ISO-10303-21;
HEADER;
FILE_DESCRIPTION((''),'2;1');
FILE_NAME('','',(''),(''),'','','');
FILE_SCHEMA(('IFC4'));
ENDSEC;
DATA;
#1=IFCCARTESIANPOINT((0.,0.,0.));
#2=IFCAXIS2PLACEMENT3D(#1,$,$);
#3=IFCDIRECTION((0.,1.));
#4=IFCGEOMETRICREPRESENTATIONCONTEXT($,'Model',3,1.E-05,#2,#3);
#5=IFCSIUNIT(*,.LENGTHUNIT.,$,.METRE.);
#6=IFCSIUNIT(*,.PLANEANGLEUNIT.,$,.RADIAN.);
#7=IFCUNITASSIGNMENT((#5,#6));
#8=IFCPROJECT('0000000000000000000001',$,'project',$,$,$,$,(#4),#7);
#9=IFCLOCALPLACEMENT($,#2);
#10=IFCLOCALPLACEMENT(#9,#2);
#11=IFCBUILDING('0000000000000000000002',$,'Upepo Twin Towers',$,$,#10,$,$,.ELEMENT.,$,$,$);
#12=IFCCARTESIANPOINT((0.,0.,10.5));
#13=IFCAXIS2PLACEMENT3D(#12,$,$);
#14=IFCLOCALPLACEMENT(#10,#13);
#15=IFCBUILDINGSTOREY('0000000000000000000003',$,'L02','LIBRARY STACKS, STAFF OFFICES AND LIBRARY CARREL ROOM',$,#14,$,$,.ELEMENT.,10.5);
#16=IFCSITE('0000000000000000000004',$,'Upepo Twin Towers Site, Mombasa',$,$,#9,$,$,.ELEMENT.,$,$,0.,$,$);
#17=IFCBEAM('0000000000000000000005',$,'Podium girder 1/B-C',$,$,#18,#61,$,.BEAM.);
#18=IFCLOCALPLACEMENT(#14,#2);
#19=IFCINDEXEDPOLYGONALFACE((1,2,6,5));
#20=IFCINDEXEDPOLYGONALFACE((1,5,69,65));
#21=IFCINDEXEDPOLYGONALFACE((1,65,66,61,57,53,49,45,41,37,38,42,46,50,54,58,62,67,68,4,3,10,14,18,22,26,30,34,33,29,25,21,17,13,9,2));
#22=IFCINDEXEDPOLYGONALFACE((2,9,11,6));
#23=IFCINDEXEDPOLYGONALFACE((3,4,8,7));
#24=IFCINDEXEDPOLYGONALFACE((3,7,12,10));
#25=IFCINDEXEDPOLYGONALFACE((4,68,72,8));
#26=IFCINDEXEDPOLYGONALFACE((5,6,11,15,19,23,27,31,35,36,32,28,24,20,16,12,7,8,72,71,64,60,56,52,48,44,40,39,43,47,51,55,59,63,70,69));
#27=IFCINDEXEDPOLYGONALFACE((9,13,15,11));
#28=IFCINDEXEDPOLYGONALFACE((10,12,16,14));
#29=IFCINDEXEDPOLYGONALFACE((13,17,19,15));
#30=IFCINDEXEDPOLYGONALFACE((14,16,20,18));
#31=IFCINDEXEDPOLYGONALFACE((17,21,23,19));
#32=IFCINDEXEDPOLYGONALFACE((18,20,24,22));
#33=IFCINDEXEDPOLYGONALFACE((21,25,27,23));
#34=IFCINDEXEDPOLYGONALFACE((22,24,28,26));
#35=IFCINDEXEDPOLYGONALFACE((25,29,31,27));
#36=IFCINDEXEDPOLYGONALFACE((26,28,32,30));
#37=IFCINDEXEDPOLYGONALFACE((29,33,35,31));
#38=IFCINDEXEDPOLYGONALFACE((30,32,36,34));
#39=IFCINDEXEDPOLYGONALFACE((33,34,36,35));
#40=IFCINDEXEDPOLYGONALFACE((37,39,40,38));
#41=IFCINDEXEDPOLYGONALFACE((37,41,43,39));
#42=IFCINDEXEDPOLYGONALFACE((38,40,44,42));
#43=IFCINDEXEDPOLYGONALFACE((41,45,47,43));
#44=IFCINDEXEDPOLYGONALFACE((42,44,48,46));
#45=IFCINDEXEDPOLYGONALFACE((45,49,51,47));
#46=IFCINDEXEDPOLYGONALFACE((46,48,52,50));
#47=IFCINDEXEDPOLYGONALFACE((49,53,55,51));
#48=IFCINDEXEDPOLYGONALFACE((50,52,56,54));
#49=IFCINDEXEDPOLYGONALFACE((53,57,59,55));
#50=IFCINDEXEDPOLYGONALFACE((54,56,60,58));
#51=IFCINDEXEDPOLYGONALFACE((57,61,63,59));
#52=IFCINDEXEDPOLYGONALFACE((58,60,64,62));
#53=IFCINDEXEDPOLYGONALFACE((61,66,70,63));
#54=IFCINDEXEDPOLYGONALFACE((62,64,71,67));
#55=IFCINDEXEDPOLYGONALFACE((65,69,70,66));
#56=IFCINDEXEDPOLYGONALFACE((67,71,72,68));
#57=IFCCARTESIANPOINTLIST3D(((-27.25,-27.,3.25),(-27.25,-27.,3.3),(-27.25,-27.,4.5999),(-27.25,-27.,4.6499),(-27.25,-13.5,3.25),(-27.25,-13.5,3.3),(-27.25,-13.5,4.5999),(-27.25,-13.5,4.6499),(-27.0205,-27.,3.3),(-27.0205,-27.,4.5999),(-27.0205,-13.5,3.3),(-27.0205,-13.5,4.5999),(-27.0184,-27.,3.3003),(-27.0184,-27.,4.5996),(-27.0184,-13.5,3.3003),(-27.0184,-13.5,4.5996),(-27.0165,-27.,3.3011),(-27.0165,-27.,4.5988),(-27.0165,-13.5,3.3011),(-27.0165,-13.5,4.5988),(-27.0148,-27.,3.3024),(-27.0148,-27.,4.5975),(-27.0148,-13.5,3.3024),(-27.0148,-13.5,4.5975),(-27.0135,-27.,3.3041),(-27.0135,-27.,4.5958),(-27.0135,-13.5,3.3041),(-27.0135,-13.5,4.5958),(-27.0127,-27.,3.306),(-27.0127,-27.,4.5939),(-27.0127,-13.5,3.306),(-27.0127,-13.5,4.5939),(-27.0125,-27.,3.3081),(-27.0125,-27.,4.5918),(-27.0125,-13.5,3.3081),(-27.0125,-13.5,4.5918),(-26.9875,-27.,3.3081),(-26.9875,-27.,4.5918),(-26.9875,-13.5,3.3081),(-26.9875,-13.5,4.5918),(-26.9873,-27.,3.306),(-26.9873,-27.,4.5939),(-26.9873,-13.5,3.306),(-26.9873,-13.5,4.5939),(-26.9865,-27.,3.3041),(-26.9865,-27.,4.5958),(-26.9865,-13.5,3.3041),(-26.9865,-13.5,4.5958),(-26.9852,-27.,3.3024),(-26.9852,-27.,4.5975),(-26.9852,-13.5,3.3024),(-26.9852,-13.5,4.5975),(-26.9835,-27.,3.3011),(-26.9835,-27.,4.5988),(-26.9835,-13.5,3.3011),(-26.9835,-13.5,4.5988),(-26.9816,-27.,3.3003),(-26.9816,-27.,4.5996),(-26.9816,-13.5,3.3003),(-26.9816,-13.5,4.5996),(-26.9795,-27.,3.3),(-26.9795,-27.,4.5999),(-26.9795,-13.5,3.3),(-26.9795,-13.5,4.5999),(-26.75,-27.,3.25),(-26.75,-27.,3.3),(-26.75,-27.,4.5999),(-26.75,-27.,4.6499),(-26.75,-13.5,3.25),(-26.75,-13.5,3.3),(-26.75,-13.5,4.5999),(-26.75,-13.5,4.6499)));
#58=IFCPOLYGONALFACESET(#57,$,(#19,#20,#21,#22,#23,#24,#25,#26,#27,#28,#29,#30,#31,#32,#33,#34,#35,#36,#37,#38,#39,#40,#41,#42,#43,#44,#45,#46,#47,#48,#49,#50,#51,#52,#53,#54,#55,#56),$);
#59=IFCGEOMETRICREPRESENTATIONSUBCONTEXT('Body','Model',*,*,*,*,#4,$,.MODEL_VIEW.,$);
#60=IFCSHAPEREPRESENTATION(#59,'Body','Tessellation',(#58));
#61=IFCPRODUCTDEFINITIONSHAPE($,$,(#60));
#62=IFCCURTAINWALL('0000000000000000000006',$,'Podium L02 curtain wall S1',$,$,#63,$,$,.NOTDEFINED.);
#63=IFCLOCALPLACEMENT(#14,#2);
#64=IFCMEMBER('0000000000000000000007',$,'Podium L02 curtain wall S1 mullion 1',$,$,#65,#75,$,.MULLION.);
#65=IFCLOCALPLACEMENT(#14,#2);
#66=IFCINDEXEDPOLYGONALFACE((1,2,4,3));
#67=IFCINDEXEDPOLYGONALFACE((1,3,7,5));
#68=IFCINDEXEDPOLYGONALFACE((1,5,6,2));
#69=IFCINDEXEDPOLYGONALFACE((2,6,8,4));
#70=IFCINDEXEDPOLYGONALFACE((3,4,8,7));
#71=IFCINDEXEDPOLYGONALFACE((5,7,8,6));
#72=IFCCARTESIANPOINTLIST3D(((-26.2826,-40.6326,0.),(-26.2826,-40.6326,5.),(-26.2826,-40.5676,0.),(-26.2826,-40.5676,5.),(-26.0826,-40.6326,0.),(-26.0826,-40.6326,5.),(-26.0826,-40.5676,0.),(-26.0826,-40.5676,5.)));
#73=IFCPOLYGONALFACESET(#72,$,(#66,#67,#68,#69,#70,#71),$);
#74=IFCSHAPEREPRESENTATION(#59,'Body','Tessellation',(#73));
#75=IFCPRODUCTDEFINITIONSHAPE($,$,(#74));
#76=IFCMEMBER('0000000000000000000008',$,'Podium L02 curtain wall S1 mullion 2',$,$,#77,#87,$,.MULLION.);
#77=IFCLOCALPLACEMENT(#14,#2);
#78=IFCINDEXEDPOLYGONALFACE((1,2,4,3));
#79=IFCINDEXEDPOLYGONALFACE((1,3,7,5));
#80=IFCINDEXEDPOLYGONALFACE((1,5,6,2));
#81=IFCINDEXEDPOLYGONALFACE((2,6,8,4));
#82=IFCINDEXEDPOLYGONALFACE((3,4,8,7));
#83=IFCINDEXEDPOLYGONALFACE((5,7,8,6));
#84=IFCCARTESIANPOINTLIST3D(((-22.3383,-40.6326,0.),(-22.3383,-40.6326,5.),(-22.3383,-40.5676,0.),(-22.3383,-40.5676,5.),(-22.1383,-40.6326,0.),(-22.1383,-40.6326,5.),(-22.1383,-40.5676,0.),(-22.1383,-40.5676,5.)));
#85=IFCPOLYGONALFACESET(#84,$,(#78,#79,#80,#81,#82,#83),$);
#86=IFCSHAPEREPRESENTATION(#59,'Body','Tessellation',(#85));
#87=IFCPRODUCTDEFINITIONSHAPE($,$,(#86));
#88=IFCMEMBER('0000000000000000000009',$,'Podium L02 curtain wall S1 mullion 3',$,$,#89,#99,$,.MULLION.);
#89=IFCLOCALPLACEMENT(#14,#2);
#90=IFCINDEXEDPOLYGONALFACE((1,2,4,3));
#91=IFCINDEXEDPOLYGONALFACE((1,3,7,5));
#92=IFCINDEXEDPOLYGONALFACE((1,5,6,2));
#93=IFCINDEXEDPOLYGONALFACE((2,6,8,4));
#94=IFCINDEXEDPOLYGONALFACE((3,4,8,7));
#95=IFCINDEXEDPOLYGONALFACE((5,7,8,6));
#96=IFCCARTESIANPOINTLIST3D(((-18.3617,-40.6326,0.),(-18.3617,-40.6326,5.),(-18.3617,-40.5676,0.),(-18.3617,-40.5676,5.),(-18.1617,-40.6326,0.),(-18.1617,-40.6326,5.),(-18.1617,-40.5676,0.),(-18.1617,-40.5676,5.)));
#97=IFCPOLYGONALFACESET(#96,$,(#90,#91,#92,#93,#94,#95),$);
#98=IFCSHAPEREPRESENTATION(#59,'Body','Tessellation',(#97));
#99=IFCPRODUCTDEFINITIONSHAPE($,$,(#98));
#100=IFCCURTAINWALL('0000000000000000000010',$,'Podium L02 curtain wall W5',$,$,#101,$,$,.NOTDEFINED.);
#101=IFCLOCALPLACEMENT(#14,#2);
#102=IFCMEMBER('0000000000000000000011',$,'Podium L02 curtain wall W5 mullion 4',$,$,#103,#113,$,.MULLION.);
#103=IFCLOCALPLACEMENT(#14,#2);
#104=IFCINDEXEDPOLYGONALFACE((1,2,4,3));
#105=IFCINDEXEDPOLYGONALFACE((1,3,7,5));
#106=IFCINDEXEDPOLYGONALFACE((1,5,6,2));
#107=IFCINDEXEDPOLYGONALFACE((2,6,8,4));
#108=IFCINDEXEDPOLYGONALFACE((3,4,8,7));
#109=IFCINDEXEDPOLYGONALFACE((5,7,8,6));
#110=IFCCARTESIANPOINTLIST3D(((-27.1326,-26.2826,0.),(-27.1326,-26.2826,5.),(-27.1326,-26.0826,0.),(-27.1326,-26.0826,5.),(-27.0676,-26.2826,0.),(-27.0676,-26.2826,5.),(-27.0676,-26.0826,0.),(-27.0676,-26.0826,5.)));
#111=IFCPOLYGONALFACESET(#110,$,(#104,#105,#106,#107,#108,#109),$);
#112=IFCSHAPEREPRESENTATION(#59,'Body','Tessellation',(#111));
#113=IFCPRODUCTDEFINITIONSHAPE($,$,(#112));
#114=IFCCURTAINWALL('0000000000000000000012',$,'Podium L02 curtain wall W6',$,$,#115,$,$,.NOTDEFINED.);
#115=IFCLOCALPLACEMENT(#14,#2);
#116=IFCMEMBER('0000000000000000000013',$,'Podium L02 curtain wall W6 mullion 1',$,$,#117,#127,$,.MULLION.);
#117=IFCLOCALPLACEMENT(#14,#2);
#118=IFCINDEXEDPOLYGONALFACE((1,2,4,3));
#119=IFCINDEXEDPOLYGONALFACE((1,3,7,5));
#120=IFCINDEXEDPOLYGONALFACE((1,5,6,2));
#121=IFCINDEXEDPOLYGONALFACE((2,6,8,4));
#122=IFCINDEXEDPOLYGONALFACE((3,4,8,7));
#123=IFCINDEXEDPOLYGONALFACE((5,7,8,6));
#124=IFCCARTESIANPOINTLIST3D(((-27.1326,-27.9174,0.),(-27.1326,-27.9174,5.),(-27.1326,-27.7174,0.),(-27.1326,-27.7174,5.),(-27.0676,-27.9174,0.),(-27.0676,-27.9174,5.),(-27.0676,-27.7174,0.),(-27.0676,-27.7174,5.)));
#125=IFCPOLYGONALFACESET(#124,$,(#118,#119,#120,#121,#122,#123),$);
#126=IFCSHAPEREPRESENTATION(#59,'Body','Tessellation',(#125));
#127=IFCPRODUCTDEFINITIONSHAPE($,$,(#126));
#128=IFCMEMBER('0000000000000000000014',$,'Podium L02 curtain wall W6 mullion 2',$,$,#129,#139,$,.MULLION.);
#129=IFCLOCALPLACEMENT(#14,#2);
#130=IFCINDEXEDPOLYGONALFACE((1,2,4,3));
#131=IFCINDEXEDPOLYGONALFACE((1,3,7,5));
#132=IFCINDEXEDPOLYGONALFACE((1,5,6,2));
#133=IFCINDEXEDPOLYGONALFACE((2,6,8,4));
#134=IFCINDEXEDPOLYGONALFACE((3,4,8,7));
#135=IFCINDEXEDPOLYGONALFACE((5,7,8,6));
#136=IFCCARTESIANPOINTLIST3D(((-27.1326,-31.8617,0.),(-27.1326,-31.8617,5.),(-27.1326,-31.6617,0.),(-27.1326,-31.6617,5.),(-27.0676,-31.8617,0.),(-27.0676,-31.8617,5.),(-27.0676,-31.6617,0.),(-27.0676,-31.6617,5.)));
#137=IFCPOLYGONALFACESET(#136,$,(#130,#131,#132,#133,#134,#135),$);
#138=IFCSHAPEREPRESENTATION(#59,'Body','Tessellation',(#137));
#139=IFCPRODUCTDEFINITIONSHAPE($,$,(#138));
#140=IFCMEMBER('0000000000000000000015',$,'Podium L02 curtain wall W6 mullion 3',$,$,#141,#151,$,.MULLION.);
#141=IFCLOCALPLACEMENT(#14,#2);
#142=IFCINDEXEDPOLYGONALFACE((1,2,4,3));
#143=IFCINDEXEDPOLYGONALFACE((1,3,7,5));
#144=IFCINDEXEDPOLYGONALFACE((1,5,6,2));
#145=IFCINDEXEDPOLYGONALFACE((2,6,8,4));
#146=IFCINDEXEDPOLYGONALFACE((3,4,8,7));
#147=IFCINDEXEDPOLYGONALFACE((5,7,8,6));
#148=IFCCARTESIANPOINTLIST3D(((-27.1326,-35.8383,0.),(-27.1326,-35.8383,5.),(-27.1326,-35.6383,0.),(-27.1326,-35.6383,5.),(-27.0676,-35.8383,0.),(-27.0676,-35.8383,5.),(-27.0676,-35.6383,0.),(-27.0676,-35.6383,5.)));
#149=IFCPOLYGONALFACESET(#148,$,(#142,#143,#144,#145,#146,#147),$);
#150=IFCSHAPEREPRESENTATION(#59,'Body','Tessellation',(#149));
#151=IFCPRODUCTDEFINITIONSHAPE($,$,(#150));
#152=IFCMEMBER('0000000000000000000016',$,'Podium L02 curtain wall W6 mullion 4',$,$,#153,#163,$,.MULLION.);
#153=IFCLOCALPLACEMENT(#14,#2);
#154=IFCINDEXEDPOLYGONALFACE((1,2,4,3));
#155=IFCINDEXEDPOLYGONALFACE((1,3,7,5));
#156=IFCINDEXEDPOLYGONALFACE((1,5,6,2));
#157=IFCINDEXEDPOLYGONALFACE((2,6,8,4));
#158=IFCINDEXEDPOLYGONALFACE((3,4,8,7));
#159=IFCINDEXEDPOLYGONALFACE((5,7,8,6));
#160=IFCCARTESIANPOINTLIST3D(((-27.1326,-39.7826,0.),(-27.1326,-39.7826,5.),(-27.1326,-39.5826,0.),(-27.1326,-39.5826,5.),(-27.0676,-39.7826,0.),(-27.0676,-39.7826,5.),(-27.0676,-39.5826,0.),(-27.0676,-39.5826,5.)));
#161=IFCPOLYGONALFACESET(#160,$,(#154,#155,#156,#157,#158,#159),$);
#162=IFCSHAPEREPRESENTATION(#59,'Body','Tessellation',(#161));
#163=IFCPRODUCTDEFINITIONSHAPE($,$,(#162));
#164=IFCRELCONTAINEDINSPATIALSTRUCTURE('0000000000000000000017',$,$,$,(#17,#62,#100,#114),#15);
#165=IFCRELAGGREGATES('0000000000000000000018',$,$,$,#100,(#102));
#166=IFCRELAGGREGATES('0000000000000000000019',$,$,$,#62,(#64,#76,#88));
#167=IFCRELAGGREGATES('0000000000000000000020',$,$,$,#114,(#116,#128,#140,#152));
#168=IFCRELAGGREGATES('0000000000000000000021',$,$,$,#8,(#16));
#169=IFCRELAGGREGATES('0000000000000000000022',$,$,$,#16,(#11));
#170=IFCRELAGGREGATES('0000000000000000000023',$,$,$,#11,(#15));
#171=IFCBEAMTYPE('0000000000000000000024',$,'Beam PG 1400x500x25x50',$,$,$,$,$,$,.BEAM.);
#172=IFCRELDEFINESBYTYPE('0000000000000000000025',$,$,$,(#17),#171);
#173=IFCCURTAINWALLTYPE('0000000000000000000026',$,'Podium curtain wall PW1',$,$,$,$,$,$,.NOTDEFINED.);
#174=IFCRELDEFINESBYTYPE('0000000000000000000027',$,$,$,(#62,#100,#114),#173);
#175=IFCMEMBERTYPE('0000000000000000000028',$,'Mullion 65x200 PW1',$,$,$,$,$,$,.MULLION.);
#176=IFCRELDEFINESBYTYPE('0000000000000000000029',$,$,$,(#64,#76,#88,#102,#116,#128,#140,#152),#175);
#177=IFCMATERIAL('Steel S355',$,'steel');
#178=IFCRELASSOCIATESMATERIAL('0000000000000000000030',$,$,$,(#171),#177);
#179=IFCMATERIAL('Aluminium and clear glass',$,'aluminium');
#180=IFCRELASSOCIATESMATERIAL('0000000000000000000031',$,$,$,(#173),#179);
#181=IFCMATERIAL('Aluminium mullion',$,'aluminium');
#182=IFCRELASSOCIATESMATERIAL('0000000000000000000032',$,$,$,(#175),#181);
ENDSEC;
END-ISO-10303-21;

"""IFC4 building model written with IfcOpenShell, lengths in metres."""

from ifc_helpers import new_model, si_unit, direction, frame, origin, origin_2d, place, context, subcontext, project, spatial, rectangle, i_section, extrude, material, material_profile, profile_set, type_object, element, aggregate, save


model = new_model("IFC4")

# Units and contexts
model_context = context("Model", 3, precision=1e-05, world=origin(), true_north=direction((0.0, 1.0)))
body_context = subcontext(model_context, "Body", "Model", "MODEL_VIEW")
ifc_project = project(units=[si_unit("LENGTHUNIT", "METRE"), si_unit("PLANEANGLEUNIT", "RADIAN")], contexts=[model_context])

# Site, building, storey
site_placement = place(None, origin())
site = spatial("IfcSite", under=ifc_project, at=site_placement, Name="Upepo Twin Towers Site, Mombasa", CompositionType="ELEMENT", RefElevation=0.0)
building_placement = place(site_placement, origin())
building = spatial("IfcBuilding", under=site, at=building_placement, Name="Upepo Twin Towers", CompositionType="ELEMENT")
storey_placement = place(building_placement, frame((0.0, 0.0, 10.5)))
storey = spatial("IfcBuildingStorey", under=building, at=storey_placement, Name="L02", Description="LIBRARY STACKS, STAFF OFFICES AND LIBRARY CARREL ROOM", CompositionType="ELEMENT", Elevation=10.5)

# Beam
ifc_material_1 = material(Name="Steel S355", Category="steel")
ifc_material_profile_1 = material_profile(ifc_material_1, i_section(OverallWidth=0.5, OverallDepth=1.3999, WebThickness=0.0249, FlangeThickness=0.05, FilletRadius=0.0081, at=origin_2d()), Name="PG 1400x500x25x50")
ifc_profile_set_1 = profile_set([ifc_material_profile_1], Name="Steel S355")
beam_type_1 = type_object("IfcBeamType", Name="Beam PG 1400x500x25x50", PredefinedType="BEAM", material=ifc_profile_set_1)
for number, where, z_axis, x_axis, name in (
    (1, (-27.0, -27.0, 3.95), (0.0, 1.0, 0.0), (-1.0, 0.0, 0.0), "Podium girder 1/B-C"),
):
    element("IfcBeam", number, at=place(storey_placement, frame(where, z_axis=z_axis, x_axis=x_axis)), inside=storey, type_object=beam_type_1, Name=name, PredefinedType="BEAM", context=body_context, shape_type="SweptSolid", body=[
        extrude(i_section(OverallWidth=0.5, OverallDepth=1.3999, WebThickness=0.0249, FlangeThickness=0.05, FilletRadius=0.0081, at=origin_2d()), origin(), (0.0, 0.0, 1.0), 13.5),
    ])

# Curtain wall, members
ifc_material_2 = material(Name="Aluminium and clear glass", Category="aluminium")
curtain_wall_type = type_object("IfcCurtainWallType", Name="Podium curtain wall PW1", PredefinedType="NOTDEFINED", material=ifc_material_2)
curtain_wall_1_placement = place(storey_placement, origin())
curtain_wall_1 = element("IfcCurtainWall", 2, at=curtain_wall_1_placement, inside=storey, type_object=curtain_wall_type, Name="Podium L02 curtain wall S1", PredefinedType="NOTDEFINED")
ifc_material_3 = material(Name="Aluminium mullion", Category="aluminium")
ifc_material_profile_2 = material_profile(ifc_material_3, rectangle(XDim=0.0649, YDim=0.2, at=origin_2d()), Name="MULLION 65x200 PODIUM")
ifc_profile_set_2 = profile_set([ifc_material_profile_2], Name="Aluminium mullion")
member_type_1 = type_object("IfcMemberType", Name="Mullion 65x200 PW1", PredefinedType="MULLION", material=ifc_profile_set_2)
member_1_placement = place(storey_placement, frame((-26.1826, -40.6001, 0.0), z_axis=(0.0, 0.0, 1.0), x_axis=(0.0, 1.0, 0.0)))
member_1 = element("IfcMember", 3, at=member_1_placement, type_object=member_type_1, Name="Podium L02 curtain wall S1 mullion 1", PredefinedType="MULLION", context=body_context, shape_type="SweptSolid", body=[
    extrude(rectangle(XDim=0.0649, YDim=0.2, at=origin_2d()), origin(), (0.0, 0.0, 1.0), 5.0),
])
member_2_placement = place(storey_placement, frame((-22.2383, -40.6001, 0.0), z_axis=(0.0, 0.0, 1.0), x_axis=(0.0, 1.0, 0.0)))
member_2 = element("IfcMember", 4, at=member_2_placement, type_object=member_type_1, Name="Podium L02 curtain wall S1 mullion 2", PredefinedType="MULLION", context=body_context, shape_type="SweptSolid", body=[
    extrude(rectangle(XDim=0.0649, YDim=0.2, at=origin_2d()), origin(), (0.0, 0.0, 1.0), 5.0),
])
member_3_placement = place(storey_placement, frame((-18.2617, -40.6001, 0.0), z_axis=(0.0, 0.0, 1.0), x_axis=(0.0, 1.0, 0.0)))
member_3 = element("IfcMember", 5, at=member_3_placement, type_object=member_type_1, Name="Podium L02 curtain wall S1 mullion 3", PredefinedType="MULLION", context=body_context, shape_type="SweptSolid", body=[
    extrude(rectangle(XDim=0.0649, YDim=0.2, at=origin_2d()), origin(), (0.0, 0.0, 1.0), 5.0),
])

# Curtain wall, member
curtain_wall_2_placement = place(storey_placement, origin())
curtain_wall_2 = element("IfcCurtainWall", 6, at=curtain_wall_2_placement, inside=storey, type_object=curtain_wall_type, Name="Podium L02 curtain wall W5", PredefinedType="NOTDEFINED")
member_4_placement = place(storey_placement, frame((-27.1001, -26.1826, 0.0), z_axis=(0.0, 0.0, 1.0), x_axis=(1.0, 0.0, 0.0)))
member_4 = element("IfcMember", 7, at=member_4_placement, type_object=member_type_1, Name="Podium L02 curtain wall W5 mullion 4", PredefinedType="MULLION", context=body_context, shape_type="SweptSolid", body=[
    extrude(rectangle(XDim=0.0649, YDim=0.2, at=origin_2d()), origin(), (0.0, 0.0, 1.0), 5.0),
])

# Curtain wall, members
curtain_wall_3_placement = place(storey_placement, origin())
curtain_wall_3 = element("IfcCurtainWall", 8, at=curtain_wall_3_placement, inside=storey, type_object=curtain_wall_type, Name="Podium L02 curtain wall W6", PredefinedType="NOTDEFINED")
member_5_placement = place(storey_placement, frame((-27.1001, -27.8174, 0.0), z_axis=(0.0, 0.0, 1.0), x_axis=(1.0, 0.0, 0.0)))
member_5 = element("IfcMember", 9, at=member_5_placement, type_object=member_type_1, Name="Podium L02 curtain wall W6 mullion 1", PredefinedType="MULLION", context=body_context, shape_type="SweptSolid", body=[
    extrude(rectangle(XDim=0.0649, YDim=0.2, at=origin_2d()), origin(), (0.0, 0.0, 1.0), 5.0),
])
member_6_placement = place(storey_placement, frame((-27.1001, -31.7617, 0.0), z_axis=(0.0, 0.0, 1.0), x_axis=(1.0, 0.0, 0.0)))
member_6 = element("IfcMember", 10, at=member_6_placement, type_object=member_type_1, Name="Podium L02 curtain wall W6 mullion 2", PredefinedType="MULLION", context=body_context, shape_type="SweptSolid", body=[
    extrude(rectangle(XDim=0.0649, YDim=0.2, at=origin_2d()), origin(), (0.0, 0.0, 1.0), 5.0),
])
member_7_placement = place(storey_placement, frame((-27.1001, -35.7383, 0.0), z_axis=(0.0, 0.0, 1.0), x_axis=(1.0, 0.0, 0.0)))
member_7 = element("IfcMember", 11, at=member_7_placement, type_object=member_type_1, Name="Podium L02 curtain wall W6 mullion 3", PredefinedType="MULLION", context=body_context, shape_type="SweptSolid", body=[
    extrude(rectangle(XDim=0.0649, YDim=0.2, at=origin_2d()), origin(), (0.0, 0.0, 1.0), 5.0),
])
member_8_placement = place(storey_placement, frame((-27.1001, -39.6826, 0.0), z_axis=(0.0, 0.0, 1.0), x_axis=(1.0, 0.0, 0.0)))
member_8 = element("IfcMember", 12, at=member_8_placement, type_object=member_type_1, Name="Podium L02 curtain wall W6 mullion 4", PredefinedType="MULLION", context=body_context, shape_type="SweptSolid", body=[
    extrude(rectangle(XDim=0.0649, YDim=0.2, at=origin_2d()), origin(), (0.0, 0.0, 1.0), 5.0),
])

aggregate(curtain_wall_2, [member_4])
aggregate(curtain_wall_1, [member_1, member_2, member_3])
aggregate(curtain_wall_3, [member_5, member_6, member_7, member_8])

save(model, "model.ifc")
